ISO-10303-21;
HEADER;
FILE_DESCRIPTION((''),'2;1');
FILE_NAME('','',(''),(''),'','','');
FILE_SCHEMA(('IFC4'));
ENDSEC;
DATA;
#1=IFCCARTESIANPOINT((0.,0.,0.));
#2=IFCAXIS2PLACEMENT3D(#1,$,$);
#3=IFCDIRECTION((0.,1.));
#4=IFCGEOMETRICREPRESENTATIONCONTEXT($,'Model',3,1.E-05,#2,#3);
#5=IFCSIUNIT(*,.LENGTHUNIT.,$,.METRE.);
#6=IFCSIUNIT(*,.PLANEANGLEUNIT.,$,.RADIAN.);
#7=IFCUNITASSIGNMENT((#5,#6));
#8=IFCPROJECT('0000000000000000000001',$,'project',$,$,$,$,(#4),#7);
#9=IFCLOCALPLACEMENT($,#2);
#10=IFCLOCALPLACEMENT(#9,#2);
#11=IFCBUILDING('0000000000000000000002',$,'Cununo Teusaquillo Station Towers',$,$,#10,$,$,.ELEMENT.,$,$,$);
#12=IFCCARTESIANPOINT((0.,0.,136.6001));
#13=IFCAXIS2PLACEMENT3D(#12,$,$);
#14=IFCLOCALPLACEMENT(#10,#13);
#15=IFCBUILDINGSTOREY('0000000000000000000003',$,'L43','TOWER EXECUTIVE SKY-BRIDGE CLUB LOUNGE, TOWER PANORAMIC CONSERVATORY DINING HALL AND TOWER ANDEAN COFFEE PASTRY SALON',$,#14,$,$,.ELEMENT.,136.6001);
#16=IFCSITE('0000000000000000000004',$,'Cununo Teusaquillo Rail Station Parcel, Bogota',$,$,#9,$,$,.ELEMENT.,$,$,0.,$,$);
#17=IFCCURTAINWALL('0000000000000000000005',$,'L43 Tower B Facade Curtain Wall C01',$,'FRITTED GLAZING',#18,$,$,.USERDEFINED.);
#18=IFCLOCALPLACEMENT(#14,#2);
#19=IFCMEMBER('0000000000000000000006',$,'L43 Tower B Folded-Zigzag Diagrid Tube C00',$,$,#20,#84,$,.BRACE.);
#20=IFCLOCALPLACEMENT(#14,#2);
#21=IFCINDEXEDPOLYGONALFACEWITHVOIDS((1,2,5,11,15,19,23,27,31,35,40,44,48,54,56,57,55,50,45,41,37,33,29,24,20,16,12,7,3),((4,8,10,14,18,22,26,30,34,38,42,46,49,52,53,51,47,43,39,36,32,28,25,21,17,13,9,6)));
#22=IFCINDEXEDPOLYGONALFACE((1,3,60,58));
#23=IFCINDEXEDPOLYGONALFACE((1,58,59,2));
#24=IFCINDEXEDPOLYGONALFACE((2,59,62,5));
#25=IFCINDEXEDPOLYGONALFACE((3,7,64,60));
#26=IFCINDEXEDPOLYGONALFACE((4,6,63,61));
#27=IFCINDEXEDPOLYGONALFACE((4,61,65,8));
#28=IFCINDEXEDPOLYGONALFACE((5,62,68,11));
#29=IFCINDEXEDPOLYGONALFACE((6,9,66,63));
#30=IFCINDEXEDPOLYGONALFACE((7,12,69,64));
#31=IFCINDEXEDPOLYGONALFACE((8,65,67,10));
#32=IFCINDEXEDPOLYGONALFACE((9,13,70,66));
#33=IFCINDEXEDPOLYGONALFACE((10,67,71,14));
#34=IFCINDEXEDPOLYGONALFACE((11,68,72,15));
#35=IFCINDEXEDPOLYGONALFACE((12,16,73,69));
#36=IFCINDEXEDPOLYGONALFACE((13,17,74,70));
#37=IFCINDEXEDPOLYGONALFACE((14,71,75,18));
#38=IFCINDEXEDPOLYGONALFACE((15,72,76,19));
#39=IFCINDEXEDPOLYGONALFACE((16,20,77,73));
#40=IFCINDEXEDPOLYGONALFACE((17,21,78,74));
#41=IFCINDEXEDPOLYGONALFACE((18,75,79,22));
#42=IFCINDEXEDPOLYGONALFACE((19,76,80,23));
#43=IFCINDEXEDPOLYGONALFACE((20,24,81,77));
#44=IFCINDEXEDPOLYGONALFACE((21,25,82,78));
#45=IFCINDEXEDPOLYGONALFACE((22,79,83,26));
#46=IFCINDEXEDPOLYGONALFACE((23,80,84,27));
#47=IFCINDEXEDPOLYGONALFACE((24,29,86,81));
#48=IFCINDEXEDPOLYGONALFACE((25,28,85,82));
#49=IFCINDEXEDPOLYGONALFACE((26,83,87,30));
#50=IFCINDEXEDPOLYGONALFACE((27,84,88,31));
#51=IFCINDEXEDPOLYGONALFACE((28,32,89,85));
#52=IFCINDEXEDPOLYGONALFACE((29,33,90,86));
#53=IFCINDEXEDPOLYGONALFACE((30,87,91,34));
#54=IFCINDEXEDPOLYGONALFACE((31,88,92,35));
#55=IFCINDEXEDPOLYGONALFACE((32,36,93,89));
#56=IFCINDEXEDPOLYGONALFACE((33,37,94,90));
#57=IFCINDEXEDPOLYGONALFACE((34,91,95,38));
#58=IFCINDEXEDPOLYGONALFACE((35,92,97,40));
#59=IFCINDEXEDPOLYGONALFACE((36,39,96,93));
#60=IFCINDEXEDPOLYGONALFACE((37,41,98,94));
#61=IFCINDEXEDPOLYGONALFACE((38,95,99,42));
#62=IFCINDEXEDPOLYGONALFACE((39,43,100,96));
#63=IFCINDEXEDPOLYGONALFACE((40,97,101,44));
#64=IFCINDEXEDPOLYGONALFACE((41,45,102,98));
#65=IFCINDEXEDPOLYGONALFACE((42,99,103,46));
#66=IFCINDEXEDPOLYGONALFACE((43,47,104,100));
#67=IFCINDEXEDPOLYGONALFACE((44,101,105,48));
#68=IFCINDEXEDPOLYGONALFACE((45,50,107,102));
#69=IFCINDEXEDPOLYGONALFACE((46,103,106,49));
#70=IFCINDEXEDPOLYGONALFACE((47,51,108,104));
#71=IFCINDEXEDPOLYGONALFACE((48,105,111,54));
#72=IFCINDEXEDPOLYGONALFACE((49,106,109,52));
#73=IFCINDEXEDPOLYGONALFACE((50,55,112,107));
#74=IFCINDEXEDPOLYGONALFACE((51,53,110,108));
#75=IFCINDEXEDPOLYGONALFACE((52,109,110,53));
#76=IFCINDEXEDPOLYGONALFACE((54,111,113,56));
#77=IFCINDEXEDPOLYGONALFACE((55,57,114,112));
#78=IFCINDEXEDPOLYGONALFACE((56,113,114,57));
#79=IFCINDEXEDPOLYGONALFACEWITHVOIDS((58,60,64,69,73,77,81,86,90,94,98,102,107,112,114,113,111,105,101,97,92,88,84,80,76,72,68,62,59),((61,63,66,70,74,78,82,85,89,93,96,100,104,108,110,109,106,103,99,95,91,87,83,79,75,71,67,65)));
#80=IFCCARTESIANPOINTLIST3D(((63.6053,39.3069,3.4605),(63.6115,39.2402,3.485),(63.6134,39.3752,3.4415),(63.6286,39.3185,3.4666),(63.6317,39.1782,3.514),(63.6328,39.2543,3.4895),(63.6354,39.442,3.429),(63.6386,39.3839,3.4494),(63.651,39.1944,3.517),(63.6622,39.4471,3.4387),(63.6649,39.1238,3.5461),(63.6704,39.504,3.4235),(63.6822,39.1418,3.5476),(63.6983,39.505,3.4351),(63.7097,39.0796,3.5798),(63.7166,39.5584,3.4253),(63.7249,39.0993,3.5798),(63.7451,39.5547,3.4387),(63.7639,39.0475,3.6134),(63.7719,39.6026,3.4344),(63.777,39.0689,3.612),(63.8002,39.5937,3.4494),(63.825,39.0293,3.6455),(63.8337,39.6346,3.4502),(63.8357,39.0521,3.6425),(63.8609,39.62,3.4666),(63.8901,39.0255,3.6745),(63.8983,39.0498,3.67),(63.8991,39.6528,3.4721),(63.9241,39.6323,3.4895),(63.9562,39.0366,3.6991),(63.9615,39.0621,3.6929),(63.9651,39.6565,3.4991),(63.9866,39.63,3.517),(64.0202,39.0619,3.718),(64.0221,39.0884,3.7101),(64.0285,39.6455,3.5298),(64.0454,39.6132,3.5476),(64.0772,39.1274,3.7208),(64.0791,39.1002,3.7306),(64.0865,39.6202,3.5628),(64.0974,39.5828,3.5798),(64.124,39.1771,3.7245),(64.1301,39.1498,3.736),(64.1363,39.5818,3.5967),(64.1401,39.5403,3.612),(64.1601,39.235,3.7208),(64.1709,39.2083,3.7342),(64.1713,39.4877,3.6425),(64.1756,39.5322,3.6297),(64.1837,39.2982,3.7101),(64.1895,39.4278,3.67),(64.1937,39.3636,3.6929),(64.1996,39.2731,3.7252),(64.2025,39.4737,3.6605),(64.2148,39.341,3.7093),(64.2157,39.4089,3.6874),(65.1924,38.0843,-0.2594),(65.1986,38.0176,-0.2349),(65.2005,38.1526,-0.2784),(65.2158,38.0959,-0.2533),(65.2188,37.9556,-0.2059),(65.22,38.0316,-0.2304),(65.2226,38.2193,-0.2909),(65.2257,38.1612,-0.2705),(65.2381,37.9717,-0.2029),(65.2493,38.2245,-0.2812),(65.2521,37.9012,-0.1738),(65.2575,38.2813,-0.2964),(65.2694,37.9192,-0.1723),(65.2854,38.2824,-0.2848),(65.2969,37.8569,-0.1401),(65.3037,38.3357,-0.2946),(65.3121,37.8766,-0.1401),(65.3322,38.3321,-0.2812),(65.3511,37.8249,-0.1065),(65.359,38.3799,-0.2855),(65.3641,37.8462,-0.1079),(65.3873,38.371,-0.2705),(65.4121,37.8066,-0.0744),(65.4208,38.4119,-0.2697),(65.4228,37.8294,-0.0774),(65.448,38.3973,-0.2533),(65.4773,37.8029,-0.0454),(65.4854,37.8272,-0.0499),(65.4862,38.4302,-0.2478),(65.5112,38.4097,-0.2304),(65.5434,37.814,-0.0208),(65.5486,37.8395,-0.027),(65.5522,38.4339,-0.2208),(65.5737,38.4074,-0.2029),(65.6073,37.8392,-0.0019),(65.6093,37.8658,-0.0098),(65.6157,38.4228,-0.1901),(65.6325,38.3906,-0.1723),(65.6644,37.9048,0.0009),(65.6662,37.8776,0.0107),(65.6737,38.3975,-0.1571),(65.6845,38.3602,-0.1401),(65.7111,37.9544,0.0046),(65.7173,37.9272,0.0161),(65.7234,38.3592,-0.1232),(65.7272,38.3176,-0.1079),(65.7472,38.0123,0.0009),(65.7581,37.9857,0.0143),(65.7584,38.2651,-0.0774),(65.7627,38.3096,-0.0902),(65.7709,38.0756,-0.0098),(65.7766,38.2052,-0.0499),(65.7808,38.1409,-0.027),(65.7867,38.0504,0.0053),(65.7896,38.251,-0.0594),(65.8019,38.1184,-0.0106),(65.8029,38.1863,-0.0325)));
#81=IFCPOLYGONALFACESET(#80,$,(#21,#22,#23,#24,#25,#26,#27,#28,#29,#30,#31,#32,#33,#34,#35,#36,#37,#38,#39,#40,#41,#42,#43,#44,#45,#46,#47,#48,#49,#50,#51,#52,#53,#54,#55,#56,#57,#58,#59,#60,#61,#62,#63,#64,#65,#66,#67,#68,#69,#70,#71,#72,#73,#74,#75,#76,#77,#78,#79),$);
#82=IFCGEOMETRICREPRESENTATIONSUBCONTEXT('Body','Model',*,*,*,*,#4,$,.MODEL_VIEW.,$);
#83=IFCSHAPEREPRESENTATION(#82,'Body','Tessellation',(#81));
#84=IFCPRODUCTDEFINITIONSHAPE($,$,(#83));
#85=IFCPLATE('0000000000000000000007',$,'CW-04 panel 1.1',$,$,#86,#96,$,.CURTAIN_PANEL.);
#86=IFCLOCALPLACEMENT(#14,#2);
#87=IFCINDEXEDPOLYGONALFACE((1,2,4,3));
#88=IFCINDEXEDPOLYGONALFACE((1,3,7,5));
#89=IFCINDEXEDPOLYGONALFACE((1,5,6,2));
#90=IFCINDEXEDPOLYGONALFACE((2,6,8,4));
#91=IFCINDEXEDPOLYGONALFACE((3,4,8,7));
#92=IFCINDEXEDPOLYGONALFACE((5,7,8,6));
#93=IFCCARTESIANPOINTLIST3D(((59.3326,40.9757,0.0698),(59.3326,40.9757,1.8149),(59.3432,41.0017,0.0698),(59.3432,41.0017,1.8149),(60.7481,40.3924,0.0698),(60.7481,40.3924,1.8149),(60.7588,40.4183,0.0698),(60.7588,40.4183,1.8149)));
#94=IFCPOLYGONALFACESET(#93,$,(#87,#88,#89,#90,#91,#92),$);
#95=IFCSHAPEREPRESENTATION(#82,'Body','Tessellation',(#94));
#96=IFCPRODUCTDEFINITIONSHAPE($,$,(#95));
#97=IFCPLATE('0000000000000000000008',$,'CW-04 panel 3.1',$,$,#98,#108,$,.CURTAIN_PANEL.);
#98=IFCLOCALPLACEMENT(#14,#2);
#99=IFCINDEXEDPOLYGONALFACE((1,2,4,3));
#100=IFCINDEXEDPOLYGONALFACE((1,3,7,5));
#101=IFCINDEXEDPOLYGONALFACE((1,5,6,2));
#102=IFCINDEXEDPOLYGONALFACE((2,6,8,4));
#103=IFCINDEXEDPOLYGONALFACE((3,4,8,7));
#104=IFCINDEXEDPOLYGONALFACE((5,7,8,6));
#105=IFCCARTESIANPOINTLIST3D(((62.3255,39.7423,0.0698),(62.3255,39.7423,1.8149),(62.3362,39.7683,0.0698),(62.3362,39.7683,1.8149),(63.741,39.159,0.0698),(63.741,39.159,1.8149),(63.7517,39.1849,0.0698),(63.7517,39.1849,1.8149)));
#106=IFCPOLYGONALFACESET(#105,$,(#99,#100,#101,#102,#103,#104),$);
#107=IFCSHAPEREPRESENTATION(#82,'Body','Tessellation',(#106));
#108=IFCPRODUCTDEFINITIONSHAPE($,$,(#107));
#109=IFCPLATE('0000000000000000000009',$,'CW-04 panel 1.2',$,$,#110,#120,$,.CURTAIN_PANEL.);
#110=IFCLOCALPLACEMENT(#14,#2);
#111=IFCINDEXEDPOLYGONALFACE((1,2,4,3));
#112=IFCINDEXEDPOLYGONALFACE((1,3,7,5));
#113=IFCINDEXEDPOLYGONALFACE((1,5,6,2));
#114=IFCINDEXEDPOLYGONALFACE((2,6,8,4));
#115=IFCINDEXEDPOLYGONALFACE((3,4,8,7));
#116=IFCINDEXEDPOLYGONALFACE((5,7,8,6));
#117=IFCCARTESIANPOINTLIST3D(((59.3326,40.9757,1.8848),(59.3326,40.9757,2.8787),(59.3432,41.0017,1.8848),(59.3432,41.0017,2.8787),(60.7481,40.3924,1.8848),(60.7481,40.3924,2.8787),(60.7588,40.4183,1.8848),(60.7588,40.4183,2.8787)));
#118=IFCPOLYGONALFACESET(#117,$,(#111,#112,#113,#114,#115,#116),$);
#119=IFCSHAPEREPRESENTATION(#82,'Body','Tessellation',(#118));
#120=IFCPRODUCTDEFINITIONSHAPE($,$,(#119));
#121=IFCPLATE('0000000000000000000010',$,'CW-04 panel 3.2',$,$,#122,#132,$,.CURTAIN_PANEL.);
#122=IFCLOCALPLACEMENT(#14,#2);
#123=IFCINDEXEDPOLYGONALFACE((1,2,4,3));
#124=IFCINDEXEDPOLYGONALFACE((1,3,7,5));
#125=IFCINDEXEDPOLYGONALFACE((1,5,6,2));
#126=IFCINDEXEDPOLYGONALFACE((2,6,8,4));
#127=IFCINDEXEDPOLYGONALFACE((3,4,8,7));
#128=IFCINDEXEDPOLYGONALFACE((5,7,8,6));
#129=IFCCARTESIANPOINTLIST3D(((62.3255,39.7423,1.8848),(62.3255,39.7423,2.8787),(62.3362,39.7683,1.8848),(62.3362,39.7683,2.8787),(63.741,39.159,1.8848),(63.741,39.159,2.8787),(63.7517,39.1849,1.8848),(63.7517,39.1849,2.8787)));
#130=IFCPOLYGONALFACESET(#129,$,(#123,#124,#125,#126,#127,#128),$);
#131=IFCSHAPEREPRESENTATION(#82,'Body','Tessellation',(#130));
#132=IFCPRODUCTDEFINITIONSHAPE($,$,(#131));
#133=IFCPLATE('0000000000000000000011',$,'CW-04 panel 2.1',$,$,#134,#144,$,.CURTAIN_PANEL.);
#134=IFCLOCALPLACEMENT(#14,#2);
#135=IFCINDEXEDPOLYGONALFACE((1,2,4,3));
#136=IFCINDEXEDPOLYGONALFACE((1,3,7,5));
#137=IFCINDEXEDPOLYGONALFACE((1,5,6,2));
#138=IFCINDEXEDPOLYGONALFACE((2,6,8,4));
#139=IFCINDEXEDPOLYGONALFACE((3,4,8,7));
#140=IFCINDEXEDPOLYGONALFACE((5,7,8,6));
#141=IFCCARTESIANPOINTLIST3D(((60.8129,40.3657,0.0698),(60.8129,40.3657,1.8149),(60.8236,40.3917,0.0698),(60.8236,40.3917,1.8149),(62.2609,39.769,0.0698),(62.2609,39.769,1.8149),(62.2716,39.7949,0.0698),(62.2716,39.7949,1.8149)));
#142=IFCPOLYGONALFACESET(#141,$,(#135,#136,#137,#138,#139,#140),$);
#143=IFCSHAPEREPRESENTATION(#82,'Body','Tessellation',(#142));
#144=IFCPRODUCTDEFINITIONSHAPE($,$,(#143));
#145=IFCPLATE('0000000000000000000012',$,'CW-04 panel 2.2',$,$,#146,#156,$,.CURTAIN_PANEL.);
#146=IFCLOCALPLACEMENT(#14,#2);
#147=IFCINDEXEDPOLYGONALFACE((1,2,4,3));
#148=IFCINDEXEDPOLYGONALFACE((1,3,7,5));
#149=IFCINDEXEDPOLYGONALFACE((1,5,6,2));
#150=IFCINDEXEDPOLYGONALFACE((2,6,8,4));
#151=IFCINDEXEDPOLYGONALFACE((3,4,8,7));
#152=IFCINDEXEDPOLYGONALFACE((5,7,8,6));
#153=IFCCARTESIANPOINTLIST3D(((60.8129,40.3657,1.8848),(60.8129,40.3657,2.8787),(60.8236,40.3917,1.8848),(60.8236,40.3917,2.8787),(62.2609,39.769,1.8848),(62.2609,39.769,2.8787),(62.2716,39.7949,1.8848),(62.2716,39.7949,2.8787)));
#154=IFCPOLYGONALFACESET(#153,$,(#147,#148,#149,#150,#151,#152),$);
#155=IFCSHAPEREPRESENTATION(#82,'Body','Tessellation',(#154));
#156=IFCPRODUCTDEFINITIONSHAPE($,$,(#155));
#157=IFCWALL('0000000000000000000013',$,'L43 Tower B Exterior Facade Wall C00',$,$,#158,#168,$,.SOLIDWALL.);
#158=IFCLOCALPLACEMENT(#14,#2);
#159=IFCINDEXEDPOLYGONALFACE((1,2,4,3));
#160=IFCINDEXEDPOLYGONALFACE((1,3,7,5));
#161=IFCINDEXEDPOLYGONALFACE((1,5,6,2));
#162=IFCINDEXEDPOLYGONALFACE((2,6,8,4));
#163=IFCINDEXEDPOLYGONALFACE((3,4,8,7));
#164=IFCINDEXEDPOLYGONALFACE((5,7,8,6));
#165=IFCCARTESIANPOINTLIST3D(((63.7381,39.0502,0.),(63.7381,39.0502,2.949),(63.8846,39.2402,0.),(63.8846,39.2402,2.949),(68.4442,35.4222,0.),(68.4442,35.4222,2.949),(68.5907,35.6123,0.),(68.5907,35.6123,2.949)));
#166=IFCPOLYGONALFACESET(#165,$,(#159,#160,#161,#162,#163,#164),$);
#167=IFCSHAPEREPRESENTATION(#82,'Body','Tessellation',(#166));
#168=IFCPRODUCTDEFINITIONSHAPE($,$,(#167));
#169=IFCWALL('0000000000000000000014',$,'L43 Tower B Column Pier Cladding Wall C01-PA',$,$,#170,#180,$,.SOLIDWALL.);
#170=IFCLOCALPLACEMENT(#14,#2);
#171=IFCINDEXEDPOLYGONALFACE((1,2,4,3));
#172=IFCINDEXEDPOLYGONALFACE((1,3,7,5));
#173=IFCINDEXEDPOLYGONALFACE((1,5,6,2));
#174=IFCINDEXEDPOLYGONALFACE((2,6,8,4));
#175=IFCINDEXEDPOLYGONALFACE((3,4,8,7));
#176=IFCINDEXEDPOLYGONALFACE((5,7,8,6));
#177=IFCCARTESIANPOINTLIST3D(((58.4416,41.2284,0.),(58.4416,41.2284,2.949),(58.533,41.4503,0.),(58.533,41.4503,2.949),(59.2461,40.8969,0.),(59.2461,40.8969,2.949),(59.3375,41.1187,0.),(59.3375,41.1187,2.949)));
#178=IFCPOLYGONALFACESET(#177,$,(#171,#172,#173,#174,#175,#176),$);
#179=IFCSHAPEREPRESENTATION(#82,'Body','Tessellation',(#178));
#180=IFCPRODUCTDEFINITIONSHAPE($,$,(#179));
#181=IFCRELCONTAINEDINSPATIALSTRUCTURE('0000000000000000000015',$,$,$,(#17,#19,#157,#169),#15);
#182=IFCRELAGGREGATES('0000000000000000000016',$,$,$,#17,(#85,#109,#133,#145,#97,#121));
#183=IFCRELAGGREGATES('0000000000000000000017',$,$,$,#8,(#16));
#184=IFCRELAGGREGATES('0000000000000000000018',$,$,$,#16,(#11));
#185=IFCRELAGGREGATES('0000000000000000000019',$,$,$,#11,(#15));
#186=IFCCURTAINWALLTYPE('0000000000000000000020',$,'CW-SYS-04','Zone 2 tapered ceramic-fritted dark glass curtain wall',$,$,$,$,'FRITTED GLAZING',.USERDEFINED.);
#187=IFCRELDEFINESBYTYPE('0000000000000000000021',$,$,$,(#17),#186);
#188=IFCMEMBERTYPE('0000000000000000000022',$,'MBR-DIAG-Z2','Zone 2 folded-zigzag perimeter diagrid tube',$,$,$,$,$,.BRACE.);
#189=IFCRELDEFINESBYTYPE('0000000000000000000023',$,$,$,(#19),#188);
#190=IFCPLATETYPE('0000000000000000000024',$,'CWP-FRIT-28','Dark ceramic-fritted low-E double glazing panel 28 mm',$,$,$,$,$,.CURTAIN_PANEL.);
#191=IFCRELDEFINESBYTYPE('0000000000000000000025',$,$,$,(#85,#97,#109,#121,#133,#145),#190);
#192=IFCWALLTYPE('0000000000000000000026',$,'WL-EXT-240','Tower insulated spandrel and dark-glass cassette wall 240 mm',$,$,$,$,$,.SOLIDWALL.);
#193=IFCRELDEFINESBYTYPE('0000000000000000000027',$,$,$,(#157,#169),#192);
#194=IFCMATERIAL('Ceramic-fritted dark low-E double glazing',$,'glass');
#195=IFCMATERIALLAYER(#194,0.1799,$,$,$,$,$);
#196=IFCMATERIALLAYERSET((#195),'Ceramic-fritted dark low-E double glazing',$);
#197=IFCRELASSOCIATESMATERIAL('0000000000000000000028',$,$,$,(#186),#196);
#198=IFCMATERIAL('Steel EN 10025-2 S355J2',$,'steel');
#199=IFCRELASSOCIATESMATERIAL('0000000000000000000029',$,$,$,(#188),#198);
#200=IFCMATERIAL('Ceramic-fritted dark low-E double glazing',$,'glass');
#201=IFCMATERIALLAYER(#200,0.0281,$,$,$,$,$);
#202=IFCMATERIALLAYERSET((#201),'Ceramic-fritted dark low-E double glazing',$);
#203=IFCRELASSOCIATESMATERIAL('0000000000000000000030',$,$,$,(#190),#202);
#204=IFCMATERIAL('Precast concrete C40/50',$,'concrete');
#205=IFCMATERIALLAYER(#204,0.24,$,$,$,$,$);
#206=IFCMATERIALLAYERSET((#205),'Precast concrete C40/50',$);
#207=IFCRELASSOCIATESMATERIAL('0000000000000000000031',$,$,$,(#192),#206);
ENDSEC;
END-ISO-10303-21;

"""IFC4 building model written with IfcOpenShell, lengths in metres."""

from ifc_helpers import new_model, si_unit, direction, frame, frame_2d, origin, origin_2d, place, context, subcontext, project, spatial, rectangle, hollow_circle, extrude, source, transform, mapped, material, layer, layer_set, material_profile, profile_set, type_object, element, aggregate, save


model = new_model("IFC4")

# Units and contexts
model_context = context("Model", 3, precision=1e-05, world=origin(), true_north=direction((0.0, 1.0)))
body_context = subcontext(model_context, "Body", "Model", "MODEL_VIEW")
ifc_project = project(units=[si_unit("LENGTHUNIT", "METRE"), si_unit("PLANEANGLEUNIT", "RADIAN")], contexts=[model_context])

# Site, building, storey
site_placement = place(None, origin())
site = spatial("IfcSite", under=ifc_project, at=site_placement, Name="Cununo Teusaquillo Rail Station Parcel, Bogota", CompositionType="ELEMENT", RefElevation=0.0)
building_placement = place(site_placement, origin())
building = spatial("IfcBuilding", under=site, at=building_placement, Name="Cununo Teusaquillo Station Towers", CompositionType="ELEMENT")
storey_placement = place(building_placement, frame((0.0, 0.0, 136.6001)))
storey = spatial("IfcBuildingStorey", under=building, at=storey_placement, Name="L43", Description="TOWER EXECUTIVE SKY-BRIDGE CLUB LOUNGE, TOWER PANORAMIC CONSERVATORY DINING HALL AND TOWER ANDEAN COFFEE PASTRY SALON", CompositionType="ELEMENT", Elevation=136.6001)

# Curtain wall
ifc_material_1 = material(Name="Ceramic-fritted dark low-E double glazing", Category="glass")
ifc_layer_1 = layer(ifc_material_1, 0.1799)
ifc_layer_set_1 = layer_set([ifc_layer_1], Name="Ceramic-fritted dark low-E double glazing")
curtain_wall_type = type_object("IfcCurtainWallType", Name="CW-SYS-04", Description="Zone 2 tapered ceramic-fritted dark glass curtain wall", ElementType="FRITTED GLAZING", PredefinedType="USERDEFINED", material=ifc_layer_set_1)
curtain_wall_placement = place(storey_placement, origin())
curtain_wall = element("IfcCurtainWall", 1, at=curtain_wall_placement, inside=storey, type_object=curtain_wall_type, Name="L43 Tower B Facade Curtain Wall C01", ObjectType="FRITTED GLAZING", PredefinedType="USERDEFINED")

# Member
ifc_material_2 = material(Name="Steel EN 10025-2 S355J2", Category="steel")
ifc_material_profile_1 = material_profile(ifc_material_2, hollow_circle(Radius=0.3301, WallThickness=0.0249, at=origin_2d()), Name="CHS 660x25")
ifc_profile_set_1 = profile_set([ifc_material_profile_1], Name="Steel EN 10025-2 S355J2")
member_type_1 = type_object("IfcMemberType", Name="MBR-DIAG-Z2", Description="Zone 2 folded-zigzag perimeter diagrid tube", PredefinedType="BRACE", material=ifc_profile_set_1)
member_1_placement = place(storey_placement, frame((65.4983, 38.1184, -0.1401), z_axis=(-0.375643, 0.289374, 0.880429), x_axis=(-0.610264, -0.792198, 0.0)))
element("IfcMember", 2, at=member_1_placement, inside=storey, type_object=member_type_1, Name="L43 Tower B Folded-Zigzag Diagrid Tube C00", PredefinedType="BRACE", context=body_context, shape_type="SweptSolid", body=[
    extrude(hollow_circle(Radius=0.3301, WallThickness=0.0249, at=origin_2d()), origin(), (0.0, 0.0, 1.0), 4.2251),
])

# Plates
ifc_material_3 = material(Name="Ceramic-fritted dark low-E double glazing", Category="glass")
ifc_layer_2 = layer(ifc_material_3, 0.0281)
ifc_layer_set_2 = layer_set([ifc_layer_2], Name="Ceramic-fritted dark low-E double glazing")
plate_type = type_object("IfcPlateType", Name="CWP-FRIT-28", Description="Dark ceramic-fritted low-E double glazing panel 28 mm", PredefinedType="CURTAIN_PANEL", material=ifc_layer_set_2)
shared_shape_1 = source(origin(), body_context, "Body", "SweptSolid", [
    extrude(rectangle(XDim=1.531, YDim=0.0281, at=origin_2d()), origin(), (0.0, 0.0, 1.0), 1.7451),
])
plate_1_placement = place(storey_placement, frame((60.0457, 40.697, 0.0698), z_axis=(0.0, 0.0, 1.0), x_axis=(0.924562, -0.381031, 0.0)))
plate_1 = element("IfcPlate", 3, at=plate_1_placement, type_object=plate_type, Name="CW-04 panel 1.1", PredefinedType="CURTAIN_PANEL", context=body_context, shape_type="MappedRepresentation", body=[
    mapped(shared_shape_1, transform((0.0, 0.0, 0.0), x_axis=(1.0, 0.0, 0.0), y_axis=(0.0, 1.0, 0.0), z_axis=(0.0, 0.0, 1.0), scale=1.0)),
])
plate_2_placement = place(storey_placement, frame((63.0386, 39.4636, 0.0698), z_axis=(0.0, 0.0, 1.0), x_axis=(0.924562, -0.381031, 0.0)))
plate_2 = element("IfcPlate", 4, at=plate_2_placement, type_object=plate_type, Name="CW-04 panel 3.1", PredefinedType="CURTAIN_PANEL", context=body_context, shape_type="MappedRepresentation", body=[
    mapped(shared_shape_1, transform((0.0, 0.0, 0.0), x_axis=(1.0, 0.0, 0.0), y_axis=(0.0, 1.0, 0.0), z_axis=(0.0, 0.0, 1.0), scale=1.0)),
])
shared_shape_2 = source(origin(), body_context, "Body", "SweptSolid", [
    extrude(rectangle(XDim=1.531, YDim=0.0281, at=origin_2d()), origin(), (0.0, 0.0, 1.0), 0.9939),
])
plate_3_placement = place(storey_placement, frame((60.0457, 40.697, 1.8848), z_axis=(0.0, 0.0, 1.0), x_axis=(0.924562, -0.381031, 0.0)))
plate_3 = element("IfcPlate", 5, at=plate_3_placement, type_object=plate_type, Name="CW-04 panel 1.2", PredefinedType="CURTAIN_PANEL", context=body_context, shape_type="MappedRepresentation", body=[
    mapped(shared_shape_2, transform((0.0, 0.0, 0.0), x_axis=(1.0, 0.0, 0.0), y_axis=(0.0, 1.0, 0.0), z_axis=(0.0, 0.0, 1.0), scale=1.0)),
])
plate_4_placement = place(storey_placement, frame((63.0386, 39.4636, 1.8848), z_axis=(0.0, 0.0, 1.0), x_axis=(0.924562, -0.381031, 0.0)))
plate_4 = element("IfcPlate", 6, at=plate_4_placement, type_object=plate_type, Name="CW-04 panel 3.2", PredefinedType="CURTAIN_PANEL", context=body_context, shape_type="MappedRepresentation", body=[
    mapped(shared_shape_2, transform((0.0, 0.0, 0.0), x_axis=(1.0, 0.0, 0.0), y_axis=(0.0, 1.0, 0.0), z_axis=(0.0, 0.0, 1.0), scale=1.0)),
])
shared_shape_3 = source(origin(), body_context, "Body", "SweptSolid", [
    extrude(rectangle(XDim=1.5662, YDim=0.0281, at=origin_2d()), origin(), (0.0, 0.0, 1.0), 1.7451),
])
plate_5_placement = place(storey_placement, frame((61.5422, 40.0803, 0.0698), z_axis=(0.0, 0.0, 1.0), x_axis=(0.924562, -0.381031, 0.0)))
plate_5 = element("IfcPlate", 7, at=plate_5_placement, type_object=plate_type, Name="CW-04 panel 2.1", PredefinedType="CURTAIN_PANEL", context=body_context, shape_type="MappedRepresentation", body=[
    mapped(shared_shape_3, transform((0.0, 0.0, 0.0), x_axis=(1.0, 0.0, 0.0), y_axis=(0.0, 1.0, 0.0), z_axis=(0.0, 0.0, 1.0), scale=1.0)),
])
shared_shape_4 = source(origin(), body_context, "Body", "SweptSolid", [
    extrude(rectangle(XDim=1.5662, YDim=0.0281, at=origin_2d()), origin(), (0.0, 0.0, 1.0), 0.9939),
])
plate_6_placement = place(storey_placement, frame((61.5422, 40.0803, 1.8848), z_axis=(0.0, 0.0, 1.0), x_axis=(0.924562, -0.381031, 0.0)))
plate_6 = element("IfcPlate", 8, at=plate_6_placement, type_object=plate_type, Name="CW-04 panel 2.2", PredefinedType="CURTAIN_PANEL", context=body_context, shape_type="MappedRepresentation", body=[
    mapped(shared_shape_4, transform((0.0, 0.0, 0.0), x_axis=(1.0, 0.0, 0.0), y_axis=(0.0, 1.0, 0.0), z_axis=(0.0, 0.0, 1.0), scale=1.0)),
])
aggregate(curtain_wall, [plate_1, plate_3, plate_5, plate_6, plate_2, plate_4])

# Walls
ifc_material_4 = material(Name="Precast concrete C40/50", Category="concrete")
ifc_layer_3 = layer(ifc_material_4, 0.24)
ifc_layer_set_3 = layer_set([ifc_layer_3], Name="Precast concrete C40/50")
wall_type = type_object("IfcWallType", Name="WL-EXT-240", Description="Tower insulated spandrel and dark-glass cassette wall 240 mm", PredefinedType="SOLIDWALL", material=ifc_layer_set_3)
wall_1_placement = place(storey_placement, frame((63.8113, 39.1453, 0.0), z_axis=(0.0, 0.0, 1.0), x_axis=(0.791982, -0.610544, 0.0)))
element("IfcWall", 9, at=wall_1_placement, inside=storey, type_object=wall_type, Name="L43 Tower B Exterior Facade Wall C00", PredefinedType="SOLIDWALL", context=body_context, shape_type="SweptSolid", body=[
    extrude(rectangle(XDim=5.9421, YDim=0.24, at=frame_2d((2.9712, 0.0))), origin(), (0.0, 0.0, 1.0), 2.949),
])
wall_2_placement = place(storey_placement, frame((58.4873, 41.3394, 0.0), z_axis=(0.0, 0.0, 1.0), x_axis=(0.924556, -0.381046, 0.0)))
element("IfcWall", 10, at=wall_2_placement, inside=storey, type_object=wall_type, Name="L43 Tower B Column Pier Cladding Wall C01-PA", PredefinedType="SOLIDWALL", context=body_context, shape_type="SweptSolid", body=[
    extrude(rectangle(XDim=0.8701, YDim=0.24, at=frame_2d((0.4351, 0.0))), origin(), (0.0, 0.0, 1.0), 2.949),
])

save(model, "model.ifc")
